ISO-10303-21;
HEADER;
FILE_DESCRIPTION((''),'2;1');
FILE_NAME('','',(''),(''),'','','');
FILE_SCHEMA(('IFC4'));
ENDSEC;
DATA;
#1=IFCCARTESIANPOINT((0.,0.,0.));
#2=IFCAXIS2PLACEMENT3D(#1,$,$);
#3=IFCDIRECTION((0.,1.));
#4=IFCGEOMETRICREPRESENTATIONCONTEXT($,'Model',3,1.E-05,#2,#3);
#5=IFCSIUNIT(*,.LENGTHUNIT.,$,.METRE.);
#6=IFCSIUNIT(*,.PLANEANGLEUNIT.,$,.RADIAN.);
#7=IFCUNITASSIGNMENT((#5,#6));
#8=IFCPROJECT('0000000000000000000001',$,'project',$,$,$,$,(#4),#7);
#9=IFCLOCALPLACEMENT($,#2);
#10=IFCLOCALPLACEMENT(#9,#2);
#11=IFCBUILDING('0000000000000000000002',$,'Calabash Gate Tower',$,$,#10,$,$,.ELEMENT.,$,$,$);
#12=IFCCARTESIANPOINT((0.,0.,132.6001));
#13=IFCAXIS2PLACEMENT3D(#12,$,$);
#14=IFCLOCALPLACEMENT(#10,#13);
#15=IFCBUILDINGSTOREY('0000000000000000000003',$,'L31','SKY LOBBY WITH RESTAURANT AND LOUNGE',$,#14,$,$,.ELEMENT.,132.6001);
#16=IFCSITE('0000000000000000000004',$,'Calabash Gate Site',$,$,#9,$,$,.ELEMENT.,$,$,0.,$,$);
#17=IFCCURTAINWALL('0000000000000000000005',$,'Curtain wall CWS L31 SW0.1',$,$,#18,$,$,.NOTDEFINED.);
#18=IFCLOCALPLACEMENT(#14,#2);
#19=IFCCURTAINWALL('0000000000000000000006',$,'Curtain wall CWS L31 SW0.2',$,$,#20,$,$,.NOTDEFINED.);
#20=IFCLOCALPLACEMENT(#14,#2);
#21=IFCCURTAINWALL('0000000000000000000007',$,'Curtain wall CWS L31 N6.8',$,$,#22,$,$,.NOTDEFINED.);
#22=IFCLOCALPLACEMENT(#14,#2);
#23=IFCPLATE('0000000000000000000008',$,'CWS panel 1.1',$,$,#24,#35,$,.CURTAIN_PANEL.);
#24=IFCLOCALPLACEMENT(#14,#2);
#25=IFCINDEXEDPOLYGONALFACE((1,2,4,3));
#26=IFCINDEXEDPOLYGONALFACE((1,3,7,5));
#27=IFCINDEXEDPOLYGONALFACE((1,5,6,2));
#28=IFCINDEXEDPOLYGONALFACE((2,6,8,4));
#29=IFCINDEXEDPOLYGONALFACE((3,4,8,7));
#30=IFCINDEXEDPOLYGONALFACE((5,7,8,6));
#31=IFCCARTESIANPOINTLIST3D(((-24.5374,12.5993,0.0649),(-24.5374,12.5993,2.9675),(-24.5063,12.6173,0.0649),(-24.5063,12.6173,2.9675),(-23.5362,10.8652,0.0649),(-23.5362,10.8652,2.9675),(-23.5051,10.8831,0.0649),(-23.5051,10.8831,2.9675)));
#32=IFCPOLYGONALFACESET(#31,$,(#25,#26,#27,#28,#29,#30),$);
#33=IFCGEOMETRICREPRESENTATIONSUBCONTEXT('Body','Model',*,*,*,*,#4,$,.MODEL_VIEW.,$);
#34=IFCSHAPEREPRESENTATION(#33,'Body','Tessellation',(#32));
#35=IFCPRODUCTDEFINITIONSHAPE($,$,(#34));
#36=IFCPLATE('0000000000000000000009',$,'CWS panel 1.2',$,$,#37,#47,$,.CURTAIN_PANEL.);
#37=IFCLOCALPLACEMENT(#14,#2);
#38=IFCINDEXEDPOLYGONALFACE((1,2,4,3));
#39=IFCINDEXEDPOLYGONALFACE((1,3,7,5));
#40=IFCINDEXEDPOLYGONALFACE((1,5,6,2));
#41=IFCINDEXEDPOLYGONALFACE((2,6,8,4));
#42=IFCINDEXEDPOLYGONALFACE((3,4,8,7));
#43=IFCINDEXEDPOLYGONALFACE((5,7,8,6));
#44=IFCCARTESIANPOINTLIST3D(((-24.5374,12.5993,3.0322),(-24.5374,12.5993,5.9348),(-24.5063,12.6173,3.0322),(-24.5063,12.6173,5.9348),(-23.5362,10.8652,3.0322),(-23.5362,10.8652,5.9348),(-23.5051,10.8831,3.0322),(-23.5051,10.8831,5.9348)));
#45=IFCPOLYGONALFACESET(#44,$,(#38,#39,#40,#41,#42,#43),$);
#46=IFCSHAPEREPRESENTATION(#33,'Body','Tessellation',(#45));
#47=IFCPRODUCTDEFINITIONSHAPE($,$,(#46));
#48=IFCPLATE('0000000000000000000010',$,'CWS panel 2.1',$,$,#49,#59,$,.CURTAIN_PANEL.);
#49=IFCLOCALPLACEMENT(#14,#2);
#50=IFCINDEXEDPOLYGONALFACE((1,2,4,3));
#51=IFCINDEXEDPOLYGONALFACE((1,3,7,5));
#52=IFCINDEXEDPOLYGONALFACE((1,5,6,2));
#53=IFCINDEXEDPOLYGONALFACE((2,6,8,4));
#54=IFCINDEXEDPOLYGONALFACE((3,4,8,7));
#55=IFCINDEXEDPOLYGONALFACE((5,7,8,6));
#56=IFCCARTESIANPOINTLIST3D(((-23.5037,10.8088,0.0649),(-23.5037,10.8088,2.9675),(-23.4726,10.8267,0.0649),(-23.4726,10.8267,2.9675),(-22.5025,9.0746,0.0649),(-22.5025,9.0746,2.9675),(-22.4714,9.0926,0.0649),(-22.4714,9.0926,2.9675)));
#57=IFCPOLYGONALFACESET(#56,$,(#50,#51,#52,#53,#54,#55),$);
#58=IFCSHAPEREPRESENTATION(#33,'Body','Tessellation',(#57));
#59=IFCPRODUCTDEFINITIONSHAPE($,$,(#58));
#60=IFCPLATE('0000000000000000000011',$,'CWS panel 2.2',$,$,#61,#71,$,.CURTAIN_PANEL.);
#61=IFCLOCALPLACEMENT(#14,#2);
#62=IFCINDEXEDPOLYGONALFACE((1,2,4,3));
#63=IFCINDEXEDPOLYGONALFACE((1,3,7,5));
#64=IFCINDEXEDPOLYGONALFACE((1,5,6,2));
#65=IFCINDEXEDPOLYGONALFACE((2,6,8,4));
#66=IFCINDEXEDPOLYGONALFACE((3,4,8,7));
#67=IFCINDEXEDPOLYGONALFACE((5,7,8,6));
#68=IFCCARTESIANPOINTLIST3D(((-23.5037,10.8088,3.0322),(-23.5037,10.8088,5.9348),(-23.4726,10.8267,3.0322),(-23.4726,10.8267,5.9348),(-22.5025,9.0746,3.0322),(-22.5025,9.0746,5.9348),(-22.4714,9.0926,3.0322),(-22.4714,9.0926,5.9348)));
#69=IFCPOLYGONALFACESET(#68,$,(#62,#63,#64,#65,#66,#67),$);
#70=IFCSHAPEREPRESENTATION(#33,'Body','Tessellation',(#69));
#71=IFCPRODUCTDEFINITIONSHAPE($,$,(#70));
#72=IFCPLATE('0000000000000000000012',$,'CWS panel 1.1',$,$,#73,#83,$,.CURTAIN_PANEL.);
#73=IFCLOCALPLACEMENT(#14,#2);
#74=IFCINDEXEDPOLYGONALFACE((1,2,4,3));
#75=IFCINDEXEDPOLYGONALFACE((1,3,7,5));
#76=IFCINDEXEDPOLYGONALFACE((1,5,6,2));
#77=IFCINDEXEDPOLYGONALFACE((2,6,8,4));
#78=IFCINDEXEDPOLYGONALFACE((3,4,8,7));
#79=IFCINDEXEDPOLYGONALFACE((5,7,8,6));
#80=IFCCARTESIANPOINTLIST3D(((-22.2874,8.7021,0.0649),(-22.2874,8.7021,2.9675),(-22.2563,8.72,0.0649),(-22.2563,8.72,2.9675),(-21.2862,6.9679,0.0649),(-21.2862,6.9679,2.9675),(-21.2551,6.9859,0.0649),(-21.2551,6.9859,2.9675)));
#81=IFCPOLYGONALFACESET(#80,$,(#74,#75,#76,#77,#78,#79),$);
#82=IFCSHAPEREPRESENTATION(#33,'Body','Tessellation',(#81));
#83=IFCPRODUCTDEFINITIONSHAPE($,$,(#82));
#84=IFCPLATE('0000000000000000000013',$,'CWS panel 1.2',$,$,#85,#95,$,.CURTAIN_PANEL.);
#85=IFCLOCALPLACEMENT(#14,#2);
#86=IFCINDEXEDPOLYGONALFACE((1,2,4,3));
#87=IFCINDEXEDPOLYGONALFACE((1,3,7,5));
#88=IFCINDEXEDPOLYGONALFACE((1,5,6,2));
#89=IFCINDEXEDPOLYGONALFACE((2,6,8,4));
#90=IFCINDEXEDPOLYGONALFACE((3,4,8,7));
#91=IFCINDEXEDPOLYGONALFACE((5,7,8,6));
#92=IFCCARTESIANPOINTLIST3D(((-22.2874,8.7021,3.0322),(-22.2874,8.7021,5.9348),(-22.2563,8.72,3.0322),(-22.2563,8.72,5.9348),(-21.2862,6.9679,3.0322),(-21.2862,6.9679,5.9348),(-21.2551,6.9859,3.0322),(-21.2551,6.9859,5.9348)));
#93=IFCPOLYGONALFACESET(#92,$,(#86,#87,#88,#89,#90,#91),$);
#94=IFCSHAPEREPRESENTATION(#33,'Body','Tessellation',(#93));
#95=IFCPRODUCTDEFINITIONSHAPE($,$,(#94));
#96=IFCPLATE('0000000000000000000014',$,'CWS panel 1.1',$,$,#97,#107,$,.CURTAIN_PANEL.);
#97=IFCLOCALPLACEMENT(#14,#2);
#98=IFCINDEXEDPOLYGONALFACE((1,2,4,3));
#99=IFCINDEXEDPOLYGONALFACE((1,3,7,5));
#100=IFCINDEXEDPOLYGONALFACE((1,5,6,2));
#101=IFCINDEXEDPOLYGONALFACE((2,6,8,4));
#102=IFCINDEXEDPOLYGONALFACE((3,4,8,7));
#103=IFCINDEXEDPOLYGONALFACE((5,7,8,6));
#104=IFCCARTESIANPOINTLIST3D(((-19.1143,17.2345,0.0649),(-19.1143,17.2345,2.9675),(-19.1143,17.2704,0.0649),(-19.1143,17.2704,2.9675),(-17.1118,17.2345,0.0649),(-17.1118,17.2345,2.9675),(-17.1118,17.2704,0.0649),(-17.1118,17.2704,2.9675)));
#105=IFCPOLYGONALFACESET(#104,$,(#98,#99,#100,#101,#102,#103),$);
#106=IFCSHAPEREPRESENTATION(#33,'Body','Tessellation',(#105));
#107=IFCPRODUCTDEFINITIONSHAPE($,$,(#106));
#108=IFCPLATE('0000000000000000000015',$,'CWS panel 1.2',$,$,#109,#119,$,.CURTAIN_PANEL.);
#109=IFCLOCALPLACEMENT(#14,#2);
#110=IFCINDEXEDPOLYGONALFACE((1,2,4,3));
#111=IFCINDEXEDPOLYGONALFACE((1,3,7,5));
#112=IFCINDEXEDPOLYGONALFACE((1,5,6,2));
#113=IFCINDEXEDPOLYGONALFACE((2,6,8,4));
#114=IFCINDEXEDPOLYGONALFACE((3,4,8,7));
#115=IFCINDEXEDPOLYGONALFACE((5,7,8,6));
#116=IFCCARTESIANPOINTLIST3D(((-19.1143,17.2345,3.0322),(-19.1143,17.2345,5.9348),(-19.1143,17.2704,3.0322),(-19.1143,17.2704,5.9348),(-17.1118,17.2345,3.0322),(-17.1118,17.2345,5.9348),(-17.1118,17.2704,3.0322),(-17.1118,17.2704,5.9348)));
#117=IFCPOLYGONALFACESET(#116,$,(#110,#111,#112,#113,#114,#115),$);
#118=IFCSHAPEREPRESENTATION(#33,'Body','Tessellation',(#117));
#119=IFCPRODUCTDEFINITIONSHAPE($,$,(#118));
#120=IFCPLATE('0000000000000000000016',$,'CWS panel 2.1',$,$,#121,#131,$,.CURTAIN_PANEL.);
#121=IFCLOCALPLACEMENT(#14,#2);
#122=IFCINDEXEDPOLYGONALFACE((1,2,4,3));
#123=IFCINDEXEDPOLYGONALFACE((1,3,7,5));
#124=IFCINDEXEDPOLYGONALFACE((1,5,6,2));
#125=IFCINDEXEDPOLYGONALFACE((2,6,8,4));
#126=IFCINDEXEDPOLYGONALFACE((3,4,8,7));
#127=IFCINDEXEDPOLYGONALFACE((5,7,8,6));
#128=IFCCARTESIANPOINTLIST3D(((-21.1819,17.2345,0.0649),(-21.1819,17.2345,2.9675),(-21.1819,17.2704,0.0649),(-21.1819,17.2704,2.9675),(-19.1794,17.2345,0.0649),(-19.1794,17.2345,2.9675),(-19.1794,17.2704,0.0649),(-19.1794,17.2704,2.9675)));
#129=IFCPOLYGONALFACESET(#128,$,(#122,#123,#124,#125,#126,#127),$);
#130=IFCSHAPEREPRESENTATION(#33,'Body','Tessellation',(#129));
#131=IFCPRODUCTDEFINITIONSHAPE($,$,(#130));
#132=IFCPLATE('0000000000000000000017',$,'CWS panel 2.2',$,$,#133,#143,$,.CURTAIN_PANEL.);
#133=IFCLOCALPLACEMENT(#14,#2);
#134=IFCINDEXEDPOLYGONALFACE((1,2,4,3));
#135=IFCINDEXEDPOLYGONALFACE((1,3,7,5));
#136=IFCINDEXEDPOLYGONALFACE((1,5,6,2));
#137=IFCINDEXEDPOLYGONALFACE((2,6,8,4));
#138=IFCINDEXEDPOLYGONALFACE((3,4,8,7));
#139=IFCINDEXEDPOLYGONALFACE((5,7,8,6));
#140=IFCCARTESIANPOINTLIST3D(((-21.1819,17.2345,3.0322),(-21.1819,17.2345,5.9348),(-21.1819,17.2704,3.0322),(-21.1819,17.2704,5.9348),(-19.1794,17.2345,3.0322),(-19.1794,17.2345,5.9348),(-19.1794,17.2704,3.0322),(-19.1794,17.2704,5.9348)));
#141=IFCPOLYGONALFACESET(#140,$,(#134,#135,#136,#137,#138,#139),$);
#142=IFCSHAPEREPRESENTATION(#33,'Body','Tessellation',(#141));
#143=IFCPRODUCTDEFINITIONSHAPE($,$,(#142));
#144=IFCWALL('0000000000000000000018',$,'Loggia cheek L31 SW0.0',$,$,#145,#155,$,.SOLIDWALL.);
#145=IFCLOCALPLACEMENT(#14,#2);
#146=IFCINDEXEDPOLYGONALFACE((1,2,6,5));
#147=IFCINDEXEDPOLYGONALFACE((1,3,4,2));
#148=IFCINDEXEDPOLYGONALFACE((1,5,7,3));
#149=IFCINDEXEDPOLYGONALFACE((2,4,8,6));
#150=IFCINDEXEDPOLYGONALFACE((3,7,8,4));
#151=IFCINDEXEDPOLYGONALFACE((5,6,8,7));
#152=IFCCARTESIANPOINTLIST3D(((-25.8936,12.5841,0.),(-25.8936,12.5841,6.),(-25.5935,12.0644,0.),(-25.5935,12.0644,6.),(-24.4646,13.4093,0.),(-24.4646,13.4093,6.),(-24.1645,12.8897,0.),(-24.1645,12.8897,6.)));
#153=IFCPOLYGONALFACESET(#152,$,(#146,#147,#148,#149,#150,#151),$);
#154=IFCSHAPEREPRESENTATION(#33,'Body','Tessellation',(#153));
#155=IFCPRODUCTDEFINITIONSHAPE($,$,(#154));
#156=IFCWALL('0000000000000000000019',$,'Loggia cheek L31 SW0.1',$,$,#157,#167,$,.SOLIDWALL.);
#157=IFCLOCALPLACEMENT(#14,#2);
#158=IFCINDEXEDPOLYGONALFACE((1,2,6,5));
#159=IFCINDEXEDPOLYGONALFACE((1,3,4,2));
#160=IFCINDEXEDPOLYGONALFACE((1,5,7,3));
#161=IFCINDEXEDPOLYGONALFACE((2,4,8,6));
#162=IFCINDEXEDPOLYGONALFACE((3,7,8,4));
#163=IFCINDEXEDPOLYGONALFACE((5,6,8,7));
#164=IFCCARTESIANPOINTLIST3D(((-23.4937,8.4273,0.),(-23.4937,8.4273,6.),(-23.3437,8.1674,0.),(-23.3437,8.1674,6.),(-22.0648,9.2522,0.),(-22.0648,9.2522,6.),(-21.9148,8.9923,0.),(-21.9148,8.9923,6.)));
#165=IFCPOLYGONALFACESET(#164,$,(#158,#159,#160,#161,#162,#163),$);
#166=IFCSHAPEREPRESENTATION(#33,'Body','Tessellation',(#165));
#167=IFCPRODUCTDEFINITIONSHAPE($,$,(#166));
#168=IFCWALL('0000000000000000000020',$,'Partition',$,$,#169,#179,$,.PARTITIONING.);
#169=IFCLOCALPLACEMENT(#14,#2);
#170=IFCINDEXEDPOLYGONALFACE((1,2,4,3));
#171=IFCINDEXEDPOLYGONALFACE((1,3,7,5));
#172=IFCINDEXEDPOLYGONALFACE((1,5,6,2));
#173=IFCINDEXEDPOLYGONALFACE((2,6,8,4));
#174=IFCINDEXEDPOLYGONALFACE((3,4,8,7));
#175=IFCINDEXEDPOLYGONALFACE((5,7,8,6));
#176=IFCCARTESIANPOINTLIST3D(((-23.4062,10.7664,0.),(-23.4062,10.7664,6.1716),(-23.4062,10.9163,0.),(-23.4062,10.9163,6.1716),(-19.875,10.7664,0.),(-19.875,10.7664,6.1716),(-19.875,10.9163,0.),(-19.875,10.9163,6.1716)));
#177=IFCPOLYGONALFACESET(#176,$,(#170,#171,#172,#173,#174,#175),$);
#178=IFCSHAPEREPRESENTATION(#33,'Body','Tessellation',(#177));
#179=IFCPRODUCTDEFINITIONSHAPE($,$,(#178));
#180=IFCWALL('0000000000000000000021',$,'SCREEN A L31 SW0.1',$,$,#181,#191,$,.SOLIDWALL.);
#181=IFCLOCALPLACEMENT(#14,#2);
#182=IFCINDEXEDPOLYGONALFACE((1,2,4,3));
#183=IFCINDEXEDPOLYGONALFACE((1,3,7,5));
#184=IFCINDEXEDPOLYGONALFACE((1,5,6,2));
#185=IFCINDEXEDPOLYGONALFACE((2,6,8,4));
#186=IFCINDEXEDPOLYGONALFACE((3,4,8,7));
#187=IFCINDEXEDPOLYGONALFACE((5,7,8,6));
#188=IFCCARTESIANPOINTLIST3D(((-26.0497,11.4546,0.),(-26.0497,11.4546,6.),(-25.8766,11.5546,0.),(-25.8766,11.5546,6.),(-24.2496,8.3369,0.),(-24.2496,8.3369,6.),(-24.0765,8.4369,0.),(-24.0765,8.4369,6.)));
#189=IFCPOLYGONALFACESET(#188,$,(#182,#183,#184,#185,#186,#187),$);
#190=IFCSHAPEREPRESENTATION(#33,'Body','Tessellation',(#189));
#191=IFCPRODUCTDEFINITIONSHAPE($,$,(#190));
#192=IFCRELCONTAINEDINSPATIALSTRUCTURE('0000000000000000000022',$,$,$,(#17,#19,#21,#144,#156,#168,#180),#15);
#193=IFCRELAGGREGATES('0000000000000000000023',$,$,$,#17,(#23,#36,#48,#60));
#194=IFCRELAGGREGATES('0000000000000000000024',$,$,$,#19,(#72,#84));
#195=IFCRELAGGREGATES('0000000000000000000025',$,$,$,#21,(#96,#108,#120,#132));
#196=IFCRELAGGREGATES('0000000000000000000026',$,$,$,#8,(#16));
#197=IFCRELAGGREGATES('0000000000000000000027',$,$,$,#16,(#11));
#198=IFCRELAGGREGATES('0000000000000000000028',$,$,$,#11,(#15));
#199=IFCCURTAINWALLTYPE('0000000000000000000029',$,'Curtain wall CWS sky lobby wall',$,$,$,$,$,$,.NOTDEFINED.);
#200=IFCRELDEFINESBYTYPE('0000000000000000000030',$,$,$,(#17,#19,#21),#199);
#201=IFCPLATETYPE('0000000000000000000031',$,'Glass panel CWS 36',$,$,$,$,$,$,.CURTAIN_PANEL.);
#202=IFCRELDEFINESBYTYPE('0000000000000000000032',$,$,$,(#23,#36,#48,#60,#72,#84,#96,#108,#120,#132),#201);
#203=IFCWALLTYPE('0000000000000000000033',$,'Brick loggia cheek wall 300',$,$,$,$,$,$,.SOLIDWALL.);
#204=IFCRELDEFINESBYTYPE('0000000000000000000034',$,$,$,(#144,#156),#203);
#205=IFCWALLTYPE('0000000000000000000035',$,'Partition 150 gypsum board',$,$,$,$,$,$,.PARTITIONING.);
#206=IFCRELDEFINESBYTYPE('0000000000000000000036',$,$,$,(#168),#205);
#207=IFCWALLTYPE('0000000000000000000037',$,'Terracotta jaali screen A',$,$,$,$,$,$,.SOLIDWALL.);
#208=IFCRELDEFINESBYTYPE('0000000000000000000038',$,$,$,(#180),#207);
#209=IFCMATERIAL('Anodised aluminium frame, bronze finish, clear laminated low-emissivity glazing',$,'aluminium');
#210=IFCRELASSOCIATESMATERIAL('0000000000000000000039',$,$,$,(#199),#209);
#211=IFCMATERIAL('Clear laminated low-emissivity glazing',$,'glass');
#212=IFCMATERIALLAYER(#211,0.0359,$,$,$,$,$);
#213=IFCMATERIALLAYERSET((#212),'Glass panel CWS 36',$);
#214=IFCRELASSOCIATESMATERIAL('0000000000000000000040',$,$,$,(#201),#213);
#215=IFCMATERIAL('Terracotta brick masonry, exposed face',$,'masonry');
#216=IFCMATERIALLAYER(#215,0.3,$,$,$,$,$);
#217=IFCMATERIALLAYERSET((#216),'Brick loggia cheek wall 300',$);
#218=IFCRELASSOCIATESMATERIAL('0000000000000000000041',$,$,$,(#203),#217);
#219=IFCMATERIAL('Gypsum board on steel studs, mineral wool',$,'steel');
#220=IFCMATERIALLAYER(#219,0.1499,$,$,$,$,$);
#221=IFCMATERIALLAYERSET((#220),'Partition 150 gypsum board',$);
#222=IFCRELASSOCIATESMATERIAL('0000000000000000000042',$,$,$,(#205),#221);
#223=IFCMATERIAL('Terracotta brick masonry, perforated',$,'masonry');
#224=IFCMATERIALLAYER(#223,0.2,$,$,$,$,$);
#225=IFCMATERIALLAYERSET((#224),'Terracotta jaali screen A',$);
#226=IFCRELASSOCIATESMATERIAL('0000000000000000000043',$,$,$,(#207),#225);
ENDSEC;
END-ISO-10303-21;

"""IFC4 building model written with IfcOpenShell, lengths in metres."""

from ifc_helpers import new_model, si_unit, direction, frame, frame_2d, origin, origin_2d, place, context, subcontext, project, spatial, rectangle, extrude, material, layer, layer_set, type_object, element, aggregate, save


model = new_model("IFC4")

# Units and contexts
model_context = context("Model", 3, precision=1e-05, world=origin(), true_north=direction((0.0, 1.0)))
body_context = subcontext(model_context, "Body", "Model", "MODEL_VIEW")
ifc_project = project(units=[si_unit("LENGTHUNIT", "METRE"), si_unit("PLANEANGLEUNIT", "RADIAN")], contexts=[model_context])

# Site, building, storey
site_placement = place(None, origin())
site = spatial("IfcSite", under=ifc_project, at=site_placement, Name="Calabash Gate Site", CompositionType="ELEMENT", RefElevation=0.0)
building_placement = place(site_placement, origin())
building = spatial("IfcBuilding", under=site, at=building_placement, Name="Calabash Gate Tower", CompositionType="ELEMENT")
storey_placement = place(building_placement, frame((0.0, 0.0, 132.6001)))
storey = spatial("IfcBuildingStorey", under=building, at=storey_placement, Name="L31", Description="SKY LOBBY WITH RESTAURANT AND LOUNGE", CompositionType="ELEMENT", Elevation=132.6001)

# Curtain wall
ifc_material_1 = material(Name="Anodised aluminium frame, bronze finish, clear laminated low-emissivity glazing", Category="aluminium")
curtain_wall_type = type_object("IfcCurtainWallType", Name="Curtain wall CWS sky lobby wall", PredefinedType="NOTDEFINED", material=ifc_material_1)
curtain_wall_1_placement = place(storey_placement, origin())
curtain_wall_1 = element("IfcCurtainWall", 1, at=curtain_wall_1_placement, inside=storey, type_object=curtain_wall_type, Name="Curtain wall CWS L31 SW0.1", PredefinedType="NOTDEFINED")

# Curtain wall
curtain_wall_2_placement = place(storey_placement, origin())
curtain_wall_2 = element("IfcCurtainWall", 2, at=curtain_wall_2_placement, inside=storey, type_object=curtain_wall_type, Name="Curtain wall CWS L31 SW0.2", PredefinedType="NOTDEFINED")

# Curtain wall
curtain_wall_3_placement = place(storey_placement, origin())
curtain_wall_3 = element("IfcCurtainWall", 3, at=curtain_wall_3_placement, inside=storey, type_object=curtain_wall_type, Name="Curtain wall CWS L31 N6.8", PredefinedType="NOTDEFINED")

# Plates
ifc_material_2 = material(Name="Clear laminated low-emissivity glazing", Category="glass")
ifc_layer_1 = layer(ifc_material_2, 0.0359)
ifc_layer_set_1 = layer_set([ifc_layer_1], Name="Glass panel CWS 36")
plate_type = type_object("IfcPlateType", Name="Glass panel CWS 36", PredefinedType="CURTAIN_PANEL", material=ifc_layer_set_1)
plate_1_placement = place(storey_placement, frame((-24.0212, 11.7412, 0.0649), z_axis=(0.0, 0.0, 1.0), x_axis=(0.5, -0.866025, 0.0)))
plate_1 = element("IfcPlate", 4, at=plate_1_placement, type_object=plate_type, Name="CWS panel 1.1", PredefinedType="CURTAIN_PANEL", context=body_context, shape_type="SweptSolid", body=[
    extrude(rectangle(XDim=2.0024, YDim=0.0359, at=origin_2d()), origin(), (0.0, 0.0, 1.0), 2.9026),
])
plate_2_placement = place(storey_placement, frame((-24.0212, 11.7412, 3.0322), z_axis=(0.0, 0.0, 1.0), x_axis=(0.5, -0.866025, 0.0)))
plate_2 = element("IfcPlate", 5, at=plate_2_placement, type_object=plate_type, Name="CWS panel 1.2", PredefinedType="CURTAIN_PANEL", context=body_context, shape_type="SweptSolid", body=[
    extrude(rectangle(XDim=2.0024, YDim=0.0359, at=origin_2d()), origin(), (0.0, 0.0, 1.0), 2.9026),
])
plate_3_placement = place(storey_placement, frame((-22.9875, 9.9507, 0.0649), z_axis=(0.0, 0.0, 1.0), x_axis=(0.5, -0.866025, 0.0)))
plate_3 = element("IfcPlate", 6, at=plate_3_placement, type_object=plate_type, Name="CWS panel 2.1", PredefinedType="CURTAIN_PANEL", context=body_context, shape_type="SweptSolid", body=[
    extrude(rectangle(XDim=2.0024, YDim=0.0359, at=origin_2d()), origin(), (0.0, 0.0, 1.0), 2.9026),
])
plate_4_placement = place(storey_placement, frame((-22.9875, 9.9507, 3.0322), z_axis=(0.0, 0.0, 1.0), x_axis=(0.5, -0.866025, 0.0)))
plate_4 = element("IfcPlate", 7, at=plate_4_placement, type_object=plate_type, Name="CWS panel 2.2", PredefinedType="CURTAIN_PANEL", context=body_context, shape_type="SweptSolid", body=[
    extrude(rectangle(XDim=2.0024, YDim=0.0359, at=origin_2d()), origin(), (0.0, 0.0, 1.0), 2.9026),
])
aggregate(curtain_wall_1, [plate_1, plate_2, plate_3, plate_4])
plate_5_placement = place(storey_placement, frame((-21.7712, 7.844, 0.0649), z_axis=(0.0, 0.0, 1.0), x_axis=(0.5, -0.866025, 0.0)))
plate_5 = element("IfcPlate", 8, at=plate_5_placement, type_object=plate_type, Name="CWS panel 1.1", PredefinedType="CURTAIN_PANEL", context=body_context, shape_type="SweptSolid", body=[
    extrude(rectangle(XDim=2.0024, YDim=0.0359, at=origin_2d()), origin(), (0.0, 0.0, 1.0), 2.9026),
])
plate_6_placement = place(storey_placement, frame((-21.7712, 7.844, 3.0322), z_axis=(0.0, 0.0, 1.0), x_axis=(0.5, -0.866025, 0.0)))
plate_6 = element("IfcPlate", 9, at=plate_6_placement, type_object=plate_type, Name="CWS panel 1.2", PredefinedType="CURTAIN_PANEL", context=body_context, shape_type="SweptSolid", body=[
    extrude(rectangle(XDim=2.0024, YDim=0.0359, at=origin_2d()), origin(), (0.0, 0.0, 1.0), 2.9026),
])
aggregate(curtain_wall_2, [plate_5, plate_6])
plate_7_placement = place(storey_placement, frame((-18.113, 17.2524, 0.0649), z_axis=(0.0, 0.0, 1.0), x_axis=(-1.0, 0.0, 0.0)))
plate_7 = element("IfcPlate", 10, at=plate_7_placement, type_object=plate_type, Name="CWS panel 1.1", PredefinedType="CURTAIN_PANEL", context=body_context, shape_type="SweptSolid", body=[
    extrude(rectangle(XDim=2.0024, YDim=0.0359, at=origin_2d()), origin(), (0.0, 0.0, 1.0), 2.9026),
])
plate_8_placement = place(storey_placement, frame((-18.113, 17.2524, 3.0322), z_axis=(0.0, 0.0, 1.0), x_axis=(-1.0, 0.0, 0.0)))
plate_8 = element("IfcPlate", 11, at=plate_8_placement, type_object=plate_type, Name="CWS panel 1.2", PredefinedType="CURTAIN_PANEL", context=body_context, shape_type="SweptSolid", body=[
    extrude(rectangle(XDim=2.0024, YDim=0.0359, at=origin_2d()), origin(), (0.0, 0.0, 1.0), 2.9026),
])
plate_9_placement = place(storey_placement, frame((-20.1807, 17.2524, 0.0649), z_axis=(0.0, 0.0, 1.0), x_axis=(-1.0, 0.0, 0.0)))
plate_9 = element("IfcPlate", 12, at=plate_9_placement, type_object=plate_type, Name="CWS panel 2.1", PredefinedType="CURTAIN_PANEL", context=body_context, shape_type="SweptSolid", body=[
    extrude(rectangle(XDim=2.0024, YDim=0.0359, at=origin_2d()), origin(), (0.0, 0.0, 1.0), 2.9026),
])
plate_10_placement = place(storey_placement, frame((-20.1807, 17.2524, 3.0322), z_axis=(0.0, 0.0, 1.0), x_axis=(-1.0, 0.0, 0.0)))
plate_10 = element("IfcPlate", 13, at=plate_10_placement, type_object=plate_type, Name="CWS panel 2.2", PredefinedType="CURTAIN_PANEL", context=body_context, shape_type="SweptSolid", body=[
    extrude(rectangle(XDim=2.0024, YDim=0.0359, at=origin_2d()), origin(), (0.0, 0.0, 1.0), 2.9026),
])
aggregate(curtain_wall_3, [plate_7, plate_8, plate_9, plate_10])

# Walls
ifc_material_3 = material(Name="Terracotta brick masonry, exposed face", Category="masonry")
ifc_layer_2 = layer(ifc_material_3, 0.3)
ifc_layer_set_2 = layer_set([ifc_layer_2], Name="Brick loggia cheek wall 300")
wall_type_1 = type_object("IfcWallType", Name="Brick loggia cheek wall 300", PredefinedType="SOLIDWALL", material=ifc_layer_set_2)
wall_1_placement = place(storey_placement, frame((-25.7437, 12.3242, 0.0), z_axis=(0.0, 0.0, 1.0), x_axis=(0.865976, 0.500085, 0.0)))
element("IfcWall", 14, at=wall_1_placement, inside=storey, type_object=wall_type_1, Name="Loggia cheek L31 SW0.0", PredefinedType="SOLIDWALL", context=body_context, shape_type="SweptSolid", body=[
    extrude(rectangle(XDim=1.6501, YDim=0.6001, at=frame_2d((0.8252, 0.0))), origin(), (0.0, 0.0, 1.0), 6.0),
])
wall_2_placement = place(storey_placement, frame((-23.4187, 8.2974, 0.0), z_axis=(0.0, 0.0, 1.0), x_axis=(0.86604, 0.499974, 0.0)))
element("IfcWall", 15, at=wall_2_placement, inside=storey, type_object=wall_type_1, Name="Loggia cheek L31 SW0.1", PredefinedType="SOLIDWALL", context=body_context, shape_type="SweptSolid", body=[
    extrude(rectangle(XDim=1.6499, YDim=0.3, at=frame_2d((0.825, 0.0))), origin(), (0.0, 0.0, 1.0), 6.0),
])
ifc_material_4 = material(Name="Gypsum board on steel studs, mineral wool", Category="steel")
ifc_layer_3 = layer(ifc_material_4, 0.1499)
ifc_layer_set_3 = layer_set([ifc_layer_3], Name="Partition 150 gypsum board")
wall_type_2 = type_object("IfcWallType", Name="Partition 150 gypsum board", PredefinedType="PARTITIONING", material=ifc_layer_set_3)
wall_3_placement = place(storey_placement, frame((-23.4062, 10.8413, 0.0), z_axis=(0.0, 0.0, 1.0), x_axis=(1.0, 0.0, 0.0)))
element("IfcWall", 16, at=wall_3_placement, inside=storey, type_object=wall_type_2, Name="Partition", PredefinedType="PARTITIONING", context=body_context, shape_type="SweptSolid", body=[
    extrude(rectangle(XDim=3.5312, YDim=0.1499, at=frame_2d((1.7656, 0.0))), origin(), (0.0, 0.0, 1.0), 6.1716),
])
ifc_material_5 = material(Name="Terracotta brick masonry, perforated", Category="masonry")
ifc_layer_4 = layer(ifc_material_5, 0.2)
ifc_layer_set_4 = layer_set([ifc_layer_4], Name="Terracotta jaali screen A")
wall_type_3 = type_object("IfcWallType", Name="Terracotta jaali screen A", PredefinedType="SOLIDWALL", material=ifc_layer_set_4)
wall_4_placement = place(storey_placement, frame((-25.9631, 11.5046, 0.0), z_axis=(0.0, 0.0, 1.0), x_axis=(0.500012, -0.866018, 0.0)))
element("IfcWall", 17, at=wall_4_placement, inside=storey, type_object=wall_type_3, Name="SCREEN A L31 SW0.1", PredefinedType="SOLIDWALL", context=body_context, shape_type="SweptSolid", body=[
    extrude(rectangle(XDim=3.6001, YDim=0.2, at=frame_2d((1.8, 0.0))), origin(), (0.0, 0.0, 1.0), 6.0),
])

save(model, "model.ifc")
